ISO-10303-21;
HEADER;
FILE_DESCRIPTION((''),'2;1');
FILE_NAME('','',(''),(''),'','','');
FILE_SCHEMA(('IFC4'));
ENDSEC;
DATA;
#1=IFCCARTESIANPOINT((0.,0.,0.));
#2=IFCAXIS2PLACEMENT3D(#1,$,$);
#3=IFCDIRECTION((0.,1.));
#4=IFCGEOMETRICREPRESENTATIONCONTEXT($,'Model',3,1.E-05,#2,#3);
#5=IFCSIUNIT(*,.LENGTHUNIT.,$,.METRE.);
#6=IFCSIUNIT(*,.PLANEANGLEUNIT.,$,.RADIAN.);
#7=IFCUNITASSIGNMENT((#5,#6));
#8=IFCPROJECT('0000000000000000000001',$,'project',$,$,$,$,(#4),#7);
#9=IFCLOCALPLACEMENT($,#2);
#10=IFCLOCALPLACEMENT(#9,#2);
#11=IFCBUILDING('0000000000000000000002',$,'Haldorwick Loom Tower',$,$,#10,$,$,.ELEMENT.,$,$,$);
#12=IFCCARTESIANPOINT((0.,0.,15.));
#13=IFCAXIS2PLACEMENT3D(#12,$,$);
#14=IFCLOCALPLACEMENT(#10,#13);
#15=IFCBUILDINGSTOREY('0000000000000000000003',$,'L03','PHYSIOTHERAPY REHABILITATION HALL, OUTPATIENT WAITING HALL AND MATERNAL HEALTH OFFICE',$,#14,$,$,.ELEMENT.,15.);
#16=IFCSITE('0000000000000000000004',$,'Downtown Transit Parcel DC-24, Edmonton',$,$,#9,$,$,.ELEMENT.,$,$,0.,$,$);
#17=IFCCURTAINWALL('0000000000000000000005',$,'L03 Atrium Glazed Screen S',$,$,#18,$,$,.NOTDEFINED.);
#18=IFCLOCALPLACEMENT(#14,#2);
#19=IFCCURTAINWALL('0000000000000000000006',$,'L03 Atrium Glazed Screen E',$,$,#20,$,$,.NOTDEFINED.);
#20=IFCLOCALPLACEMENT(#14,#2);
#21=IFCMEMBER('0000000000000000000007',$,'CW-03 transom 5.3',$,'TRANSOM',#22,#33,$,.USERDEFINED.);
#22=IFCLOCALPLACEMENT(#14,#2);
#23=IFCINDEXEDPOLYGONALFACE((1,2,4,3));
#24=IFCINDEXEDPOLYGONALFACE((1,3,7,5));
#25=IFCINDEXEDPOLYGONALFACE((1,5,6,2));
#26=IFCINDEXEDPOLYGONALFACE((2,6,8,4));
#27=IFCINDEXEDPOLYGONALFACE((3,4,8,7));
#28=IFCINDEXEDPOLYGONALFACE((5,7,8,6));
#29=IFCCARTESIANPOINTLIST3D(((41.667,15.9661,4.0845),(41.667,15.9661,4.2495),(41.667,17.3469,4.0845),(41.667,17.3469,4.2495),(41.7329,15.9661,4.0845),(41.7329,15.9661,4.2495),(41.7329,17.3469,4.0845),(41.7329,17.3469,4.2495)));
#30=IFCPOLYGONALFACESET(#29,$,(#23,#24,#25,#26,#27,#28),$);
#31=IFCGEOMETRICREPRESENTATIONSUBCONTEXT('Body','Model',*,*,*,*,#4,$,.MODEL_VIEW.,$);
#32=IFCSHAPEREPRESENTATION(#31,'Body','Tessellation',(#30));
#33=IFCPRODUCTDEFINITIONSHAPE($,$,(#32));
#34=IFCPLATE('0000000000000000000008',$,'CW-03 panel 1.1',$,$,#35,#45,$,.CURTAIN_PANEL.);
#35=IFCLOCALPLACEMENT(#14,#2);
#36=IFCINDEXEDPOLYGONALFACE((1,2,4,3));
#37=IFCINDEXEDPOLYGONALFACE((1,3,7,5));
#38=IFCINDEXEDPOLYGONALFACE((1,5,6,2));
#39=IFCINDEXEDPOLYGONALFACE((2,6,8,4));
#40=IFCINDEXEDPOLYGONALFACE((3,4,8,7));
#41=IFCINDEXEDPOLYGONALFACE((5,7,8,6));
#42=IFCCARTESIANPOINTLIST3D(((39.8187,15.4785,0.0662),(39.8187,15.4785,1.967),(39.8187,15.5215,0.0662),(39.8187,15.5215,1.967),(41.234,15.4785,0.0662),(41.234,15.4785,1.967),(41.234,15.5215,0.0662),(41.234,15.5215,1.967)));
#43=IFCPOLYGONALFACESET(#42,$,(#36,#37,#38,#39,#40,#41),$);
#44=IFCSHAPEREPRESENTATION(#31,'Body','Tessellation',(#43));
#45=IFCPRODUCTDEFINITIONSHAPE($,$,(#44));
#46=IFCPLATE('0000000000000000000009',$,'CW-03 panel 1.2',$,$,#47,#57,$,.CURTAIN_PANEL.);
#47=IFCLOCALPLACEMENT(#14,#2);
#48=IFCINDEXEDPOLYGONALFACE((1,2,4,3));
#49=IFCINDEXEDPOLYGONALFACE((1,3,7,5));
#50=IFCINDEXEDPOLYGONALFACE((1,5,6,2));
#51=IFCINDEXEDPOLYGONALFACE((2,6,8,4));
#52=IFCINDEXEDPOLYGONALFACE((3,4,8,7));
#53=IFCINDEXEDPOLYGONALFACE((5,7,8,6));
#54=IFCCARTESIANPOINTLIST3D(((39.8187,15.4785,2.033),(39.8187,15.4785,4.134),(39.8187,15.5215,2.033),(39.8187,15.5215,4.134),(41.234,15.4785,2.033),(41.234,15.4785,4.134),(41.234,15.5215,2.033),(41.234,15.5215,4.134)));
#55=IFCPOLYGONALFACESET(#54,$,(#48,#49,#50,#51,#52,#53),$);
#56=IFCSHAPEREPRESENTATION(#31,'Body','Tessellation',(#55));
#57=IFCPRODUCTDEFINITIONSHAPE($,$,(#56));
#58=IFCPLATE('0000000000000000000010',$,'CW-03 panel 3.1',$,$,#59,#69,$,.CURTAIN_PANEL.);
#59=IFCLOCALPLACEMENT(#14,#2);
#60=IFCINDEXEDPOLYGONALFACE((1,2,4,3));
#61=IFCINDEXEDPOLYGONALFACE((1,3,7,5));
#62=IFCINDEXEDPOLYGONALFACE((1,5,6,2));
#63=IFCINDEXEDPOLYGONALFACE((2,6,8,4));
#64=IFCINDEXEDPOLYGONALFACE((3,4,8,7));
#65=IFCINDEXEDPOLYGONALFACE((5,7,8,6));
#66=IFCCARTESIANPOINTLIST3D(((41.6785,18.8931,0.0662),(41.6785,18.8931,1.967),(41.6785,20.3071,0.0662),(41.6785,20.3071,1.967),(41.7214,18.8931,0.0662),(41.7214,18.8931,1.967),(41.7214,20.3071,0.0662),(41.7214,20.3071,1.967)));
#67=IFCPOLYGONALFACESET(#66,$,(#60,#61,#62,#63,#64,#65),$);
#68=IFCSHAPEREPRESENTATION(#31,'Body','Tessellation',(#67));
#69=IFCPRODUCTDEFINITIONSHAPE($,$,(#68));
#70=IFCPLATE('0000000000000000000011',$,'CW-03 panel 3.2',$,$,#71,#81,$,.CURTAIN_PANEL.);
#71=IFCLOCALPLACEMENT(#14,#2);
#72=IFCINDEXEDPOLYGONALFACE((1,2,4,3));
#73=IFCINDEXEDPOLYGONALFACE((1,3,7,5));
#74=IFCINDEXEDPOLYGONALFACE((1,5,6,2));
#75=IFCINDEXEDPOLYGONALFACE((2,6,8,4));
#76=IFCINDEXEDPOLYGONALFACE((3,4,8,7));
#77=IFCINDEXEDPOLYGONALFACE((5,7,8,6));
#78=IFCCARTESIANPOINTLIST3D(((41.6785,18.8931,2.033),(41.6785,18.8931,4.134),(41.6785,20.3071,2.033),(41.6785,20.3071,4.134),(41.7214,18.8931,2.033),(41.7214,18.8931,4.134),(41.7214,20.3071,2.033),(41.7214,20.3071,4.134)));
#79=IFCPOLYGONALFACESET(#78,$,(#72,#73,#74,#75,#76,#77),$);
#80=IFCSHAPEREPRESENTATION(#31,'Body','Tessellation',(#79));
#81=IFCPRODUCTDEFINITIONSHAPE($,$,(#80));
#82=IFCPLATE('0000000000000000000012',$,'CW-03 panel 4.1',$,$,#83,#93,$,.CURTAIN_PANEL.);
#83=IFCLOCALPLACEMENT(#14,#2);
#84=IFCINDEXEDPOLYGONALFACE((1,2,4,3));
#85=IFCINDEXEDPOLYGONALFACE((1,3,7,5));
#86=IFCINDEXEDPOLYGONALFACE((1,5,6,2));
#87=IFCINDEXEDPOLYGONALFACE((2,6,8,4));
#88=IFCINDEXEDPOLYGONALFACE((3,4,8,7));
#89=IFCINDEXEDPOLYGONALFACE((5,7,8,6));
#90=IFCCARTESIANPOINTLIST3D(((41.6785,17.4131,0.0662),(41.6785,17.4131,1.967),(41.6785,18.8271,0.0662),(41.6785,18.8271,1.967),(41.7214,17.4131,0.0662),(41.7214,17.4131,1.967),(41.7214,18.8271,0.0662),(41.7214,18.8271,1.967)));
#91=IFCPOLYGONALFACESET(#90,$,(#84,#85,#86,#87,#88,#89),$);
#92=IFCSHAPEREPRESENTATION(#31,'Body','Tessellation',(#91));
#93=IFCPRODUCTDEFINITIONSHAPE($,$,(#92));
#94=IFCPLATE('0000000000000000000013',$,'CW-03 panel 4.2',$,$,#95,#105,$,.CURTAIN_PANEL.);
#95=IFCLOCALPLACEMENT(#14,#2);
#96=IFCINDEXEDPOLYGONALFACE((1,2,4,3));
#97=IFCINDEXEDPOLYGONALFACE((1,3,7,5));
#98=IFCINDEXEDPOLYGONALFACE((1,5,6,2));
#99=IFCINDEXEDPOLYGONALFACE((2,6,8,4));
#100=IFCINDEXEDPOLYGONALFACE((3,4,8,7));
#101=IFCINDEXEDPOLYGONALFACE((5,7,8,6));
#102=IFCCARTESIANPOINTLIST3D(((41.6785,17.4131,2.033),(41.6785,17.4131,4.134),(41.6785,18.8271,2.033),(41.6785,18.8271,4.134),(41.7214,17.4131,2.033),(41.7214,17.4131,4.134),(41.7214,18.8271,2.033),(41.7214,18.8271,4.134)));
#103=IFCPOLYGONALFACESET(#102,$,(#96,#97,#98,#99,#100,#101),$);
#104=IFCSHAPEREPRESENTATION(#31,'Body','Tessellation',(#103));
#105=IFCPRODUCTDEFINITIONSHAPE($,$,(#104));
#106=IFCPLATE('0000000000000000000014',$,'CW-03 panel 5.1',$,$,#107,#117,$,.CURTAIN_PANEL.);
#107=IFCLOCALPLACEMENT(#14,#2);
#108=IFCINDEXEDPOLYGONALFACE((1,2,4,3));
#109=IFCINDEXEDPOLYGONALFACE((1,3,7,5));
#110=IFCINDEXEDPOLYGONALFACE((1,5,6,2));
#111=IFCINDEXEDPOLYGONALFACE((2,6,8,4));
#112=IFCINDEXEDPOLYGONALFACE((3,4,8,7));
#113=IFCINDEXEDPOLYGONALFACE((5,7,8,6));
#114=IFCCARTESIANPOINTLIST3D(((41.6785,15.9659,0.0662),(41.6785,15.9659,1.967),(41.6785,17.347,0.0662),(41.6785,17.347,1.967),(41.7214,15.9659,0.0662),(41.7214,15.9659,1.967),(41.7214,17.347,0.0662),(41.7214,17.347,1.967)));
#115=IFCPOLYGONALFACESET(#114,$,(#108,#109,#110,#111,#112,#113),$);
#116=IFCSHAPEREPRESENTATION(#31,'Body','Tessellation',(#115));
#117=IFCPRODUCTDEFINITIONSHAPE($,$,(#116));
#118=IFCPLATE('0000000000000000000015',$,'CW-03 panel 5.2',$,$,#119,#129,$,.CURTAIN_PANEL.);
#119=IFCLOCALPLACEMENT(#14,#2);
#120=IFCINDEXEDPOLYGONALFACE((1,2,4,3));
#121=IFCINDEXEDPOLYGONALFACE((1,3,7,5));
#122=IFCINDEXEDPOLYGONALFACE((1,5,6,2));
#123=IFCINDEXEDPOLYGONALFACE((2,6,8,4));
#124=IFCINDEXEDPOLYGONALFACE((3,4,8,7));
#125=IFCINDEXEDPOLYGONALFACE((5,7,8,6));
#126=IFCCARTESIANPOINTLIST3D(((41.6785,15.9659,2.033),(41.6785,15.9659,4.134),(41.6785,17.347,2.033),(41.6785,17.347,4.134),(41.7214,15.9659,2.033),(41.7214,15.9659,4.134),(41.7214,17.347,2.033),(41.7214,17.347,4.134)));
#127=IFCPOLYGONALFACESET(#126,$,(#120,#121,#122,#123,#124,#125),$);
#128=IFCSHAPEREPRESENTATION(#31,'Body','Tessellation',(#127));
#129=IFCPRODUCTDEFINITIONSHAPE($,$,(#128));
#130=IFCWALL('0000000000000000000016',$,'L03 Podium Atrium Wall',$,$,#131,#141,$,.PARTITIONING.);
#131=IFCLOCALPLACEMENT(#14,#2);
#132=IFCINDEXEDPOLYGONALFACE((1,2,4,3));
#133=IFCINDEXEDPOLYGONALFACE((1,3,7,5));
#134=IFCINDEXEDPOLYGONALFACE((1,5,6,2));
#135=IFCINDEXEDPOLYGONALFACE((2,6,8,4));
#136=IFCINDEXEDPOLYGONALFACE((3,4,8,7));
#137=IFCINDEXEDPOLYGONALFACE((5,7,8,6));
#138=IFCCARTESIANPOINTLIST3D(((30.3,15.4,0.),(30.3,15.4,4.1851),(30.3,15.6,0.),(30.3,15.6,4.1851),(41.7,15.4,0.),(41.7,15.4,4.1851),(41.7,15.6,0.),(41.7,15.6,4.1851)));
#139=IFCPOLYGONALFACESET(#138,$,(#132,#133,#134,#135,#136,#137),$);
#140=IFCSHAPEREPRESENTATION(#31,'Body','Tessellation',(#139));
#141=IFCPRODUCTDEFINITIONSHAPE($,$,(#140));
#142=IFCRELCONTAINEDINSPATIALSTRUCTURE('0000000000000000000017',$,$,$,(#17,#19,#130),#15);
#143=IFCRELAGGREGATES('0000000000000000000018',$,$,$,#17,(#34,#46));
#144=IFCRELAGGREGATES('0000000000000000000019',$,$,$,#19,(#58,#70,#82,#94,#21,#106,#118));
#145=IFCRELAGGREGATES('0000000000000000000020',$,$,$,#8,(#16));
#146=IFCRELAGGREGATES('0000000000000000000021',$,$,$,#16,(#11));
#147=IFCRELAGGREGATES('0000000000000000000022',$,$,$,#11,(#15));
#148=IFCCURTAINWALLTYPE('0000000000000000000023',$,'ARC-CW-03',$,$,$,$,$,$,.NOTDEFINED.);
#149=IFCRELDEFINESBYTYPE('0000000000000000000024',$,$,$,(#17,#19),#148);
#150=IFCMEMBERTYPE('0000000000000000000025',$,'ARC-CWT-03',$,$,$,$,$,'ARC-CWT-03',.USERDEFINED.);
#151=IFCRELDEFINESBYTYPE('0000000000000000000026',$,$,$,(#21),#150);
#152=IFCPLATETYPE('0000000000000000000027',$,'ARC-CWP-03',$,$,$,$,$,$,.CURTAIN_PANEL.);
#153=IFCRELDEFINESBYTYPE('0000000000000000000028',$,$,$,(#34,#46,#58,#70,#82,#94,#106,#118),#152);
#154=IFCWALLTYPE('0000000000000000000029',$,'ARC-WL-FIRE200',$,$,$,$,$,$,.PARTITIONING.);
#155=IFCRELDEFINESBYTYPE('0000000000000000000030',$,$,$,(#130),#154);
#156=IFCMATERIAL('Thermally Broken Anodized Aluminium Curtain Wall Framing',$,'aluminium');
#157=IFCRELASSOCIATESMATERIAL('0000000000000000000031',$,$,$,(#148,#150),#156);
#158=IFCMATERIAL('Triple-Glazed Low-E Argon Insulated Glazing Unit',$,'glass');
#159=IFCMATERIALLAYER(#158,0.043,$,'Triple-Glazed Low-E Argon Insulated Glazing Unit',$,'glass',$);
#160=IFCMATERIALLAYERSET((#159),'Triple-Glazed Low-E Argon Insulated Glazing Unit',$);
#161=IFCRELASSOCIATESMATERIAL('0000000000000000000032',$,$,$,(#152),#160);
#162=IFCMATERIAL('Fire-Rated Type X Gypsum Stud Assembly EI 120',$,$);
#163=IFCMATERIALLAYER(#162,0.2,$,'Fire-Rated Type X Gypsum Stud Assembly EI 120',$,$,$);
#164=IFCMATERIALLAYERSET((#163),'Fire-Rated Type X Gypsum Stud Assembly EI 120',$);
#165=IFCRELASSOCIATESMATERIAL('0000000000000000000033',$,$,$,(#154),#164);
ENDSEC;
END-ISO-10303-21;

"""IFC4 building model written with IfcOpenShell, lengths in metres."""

from ifc_helpers import new_model, si_unit, direction, frame, frame_2d, origin, origin_2d, place, context, subcontext, project, spatial, rectangle, extrude, material, layer, layer_set, material_profile, profile_set, type_object, element, aggregate, save


model = new_model("IFC4")

# Units and contexts
model_context = context("Model", 3, precision=1e-05, world=origin(), true_north=direction((0.0, 1.0)))
body_context = subcontext(model_context, "Body", "Model", "MODEL_VIEW")
ifc_project = project(units=[si_unit("LENGTHUNIT", "METRE"), si_unit("PLANEANGLEUNIT", "RADIAN")], contexts=[model_context])

# Site, building, storey
site_placement = place(None, origin())
site = spatial("IfcSite", under=ifc_project, at=site_placement, Name="Downtown Transit Parcel DC-24, Edmonton", CompositionType="ELEMENT", RefElevation=0.0)
building_placement = place(site_placement, origin())
building = spatial("IfcBuilding", under=site, at=building_placement, Name="Haldorwick Loom Tower", CompositionType="ELEMENT")
storey_placement = place(building_placement, frame((0.0, 0.0, 15.0)))
storey = spatial("IfcBuildingStorey", under=building, at=storey_placement, Name="L03", Description="PHYSIOTHERAPY REHABILITATION HALL, OUTPATIENT WAITING HALL AND MATERNAL HEALTH OFFICE", CompositionType="ELEMENT", Elevation=15.0)

# Curtain walls
ifc_material_1 = material(Name="Thermally Broken Anodized Aluminium Curtain Wall Framing", Category="aluminium")
curtain_wall_type = type_object("IfcCurtainWallType", Name="ARC-CW-03", PredefinedType="NOTDEFINED", material=ifc_material_1)
curtain_wall_1_placement = place(storey_placement, origin())
curtain_wall_1 = element("IfcCurtainWall", 1, at=curtain_wall_1_placement, inside=storey, type_object=curtain_wall_type, Name="L03 Atrium Glazed Screen S", PredefinedType="NOTDEFINED")
curtain_wall_2_placement = place(storey_placement, origin())
curtain_wall_2 = element("IfcCurtainWall", 2, at=curtain_wall_2_placement, inside=storey, type_object=curtain_wall_type, Name="L03 Atrium Glazed Screen E", PredefinedType="NOTDEFINED")

# Member
ifc_material_profile_1 = material_profile(ifc_material_1, rectangle(XDim=0.0659, YDim=0.165, at=origin_2d()), Name="ALU_TRN_66X165", Category="aluminium")
ifc_profile_set_1 = profile_set([ifc_material_profile_1], Name="Thermally Broken Anodized Aluminium Curtain Wall Framing")
member_type_1 = type_object("IfcMemberType", Name="ARC-CWT-03", ElementType="ARC-CWT-03", PredefinedType="USERDEFINED", material=ifc_profile_set_1)
member_1_placement = place(storey_placement, frame((41.7, 17.3469, 4.167), z_axis=(0.0, -1.0, 0.0), x_axis=(1.0, 0.0, 0.0)))
member_1 = element("IfcMember", 3, at=member_1_placement, type_object=member_type_1, Name="CW-03 transom 5.3", ObjectType="TRANSOM", PredefinedType="USERDEFINED", context=body_context, shape_type="SweptSolid", body=[
    extrude(rectangle(XDim=0.0659, YDim=0.165, at=origin_2d()), origin(), (0.0, 0.0, 1.0), 1.3809),
])

# Plates
ifc_material_2 = material(Name="Triple-Glazed Low-E Argon Insulated Glazing Unit", Category="glass")
ifc_layer_1 = layer(ifc_material_2, 0.043, Name="Triple-Glazed Low-E Argon Insulated Glazing Unit", Category="glass")
ifc_layer_set_1 = layer_set([ifc_layer_1], Name="Triple-Glazed Low-E Argon Insulated Glazing Unit")
plate_type = type_object("IfcPlateType", Name="ARC-CWP-03", PredefinedType="CURTAIN_PANEL", material=ifc_layer_set_1)
plate_1_placement = place(storey_placement, frame((40.5264, 15.5, 0.0662), z_axis=(0.0, 0.0, 1.0), x_axis=(-1.0, 0.0, 0.0)))
plate_1 = element("IfcPlate", 4, at=plate_1_placement, type_object=plate_type, Name="CW-03 panel 1.1", PredefinedType="CURTAIN_PANEL", context=body_context, shape_type="SweptSolid", body=[
    extrude(rectangle(XDim=1.4153, YDim=0.043, at=origin_2d()), origin(), (0.0, 0.0, 1.0), 1.9009),
])
plate_2_placement = place(storey_placement, frame((40.5264, 15.5, 2.033), z_axis=(0.0, 0.0, 1.0), x_axis=(-1.0, 0.0, 0.0)))
plate_2 = element("IfcPlate", 5, at=plate_2_placement, type_object=plate_type, Name="CW-03 panel 1.2", PredefinedType="CURTAIN_PANEL", context=body_context, shape_type="SweptSolid", body=[
    extrude(rectangle(XDim=1.4153, YDim=0.043, at=origin_2d()), origin(), (0.0, 0.0, 1.0), 2.1011),
])
aggregate(curtain_wall_1, [plate_1, plate_2])
plate_3_placement = place(storey_placement, frame((41.7, 19.6001, 0.0662), z_axis=(0.0, 0.0, 1.0), x_axis=(0.0, -1.0, 0.0)))
plate_3 = element("IfcPlate", 6, at=plate_3_placement, type_object=plate_type, Name="CW-03 panel 3.1", PredefinedType="CURTAIN_PANEL", context=body_context, shape_type="SweptSolid", body=[
    extrude(rectangle(XDim=1.4141, YDim=0.043, at=origin_2d()), origin(), (0.0, 0.0, 1.0), 1.9009),
])
plate_4_placement = place(storey_placement, frame((41.7, 19.6001, 2.033), z_axis=(0.0, 0.0, 1.0), x_axis=(0.0, -1.0, 0.0)))
plate_4 = element("IfcPlate", 7, at=plate_4_placement, type_object=plate_type, Name="CW-03 panel 3.2", PredefinedType="CURTAIN_PANEL", context=body_context, shape_type="SweptSolid", body=[
    extrude(rectangle(XDim=1.4141, YDim=0.043, at=origin_2d()), origin(), (0.0, 0.0, 1.0), 2.1011),
])
plate_5_placement = place(storey_placement, frame((41.7, 18.1201, 0.0662), z_axis=(0.0, 0.0, 1.0), x_axis=(0.0, -1.0, 0.0)))
plate_5 = element("IfcPlate", 8, at=plate_5_placement, type_object=plate_type, Name="CW-03 panel 4.1", PredefinedType="CURTAIN_PANEL", context=body_context, shape_type="SweptSolid", body=[
    extrude(rectangle(XDim=1.4141, YDim=0.043, at=origin_2d()), origin(), (0.0, 0.0, 1.0), 1.9009),
])
plate_6_placement = place(storey_placement, frame((41.7, 18.1201, 2.033), z_axis=(0.0, 0.0, 1.0), x_axis=(0.0, -1.0, 0.0)))
plate_6 = element("IfcPlate", 9, at=plate_6_placement, type_object=plate_type, Name="CW-03 panel 4.2", PredefinedType="CURTAIN_PANEL", context=body_context, shape_type="SweptSolid", body=[
    extrude(rectangle(XDim=1.4141, YDim=0.043, at=origin_2d()), origin(), (0.0, 0.0, 1.0), 2.1011),
])
plate_7_placement = place(storey_placement, frame((41.7, 16.6565, 0.0662), z_axis=(0.0, 0.0, 1.0), x_axis=(0.0, -1.0, 0.0)))
plate_7 = element("IfcPlate", 10, at=plate_7_placement, type_object=plate_type, Name="CW-03 panel 5.1", PredefinedType="CURTAIN_PANEL", context=body_context, shape_type="SweptSolid", body=[
    extrude(rectangle(XDim=1.3811, YDim=0.043, at=origin_2d()), origin(), (0.0, 0.0, 1.0), 1.9009),
])
plate_8_placement = place(storey_placement, frame((41.7, 16.6565, 2.033), z_axis=(0.0, 0.0, 1.0), x_axis=(0.0, -1.0, 0.0)))
plate_8 = element("IfcPlate", 11, at=plate_8_placement, type_object=plate_type, Name="CW-03 panel 5.2", PredefinedType="CURTAIN_PANEL", context=body_context, shape_type="SweptSolid", body=[
    extrude(rectangle(XDim=1.3811, YDim=0.043, at=origin_2d()), origin(), (0.0, 0.0, 1.0), 2.1011),
])
aggregate(curtain_wall_2, [plate_3, plate_4, plate_5, plate_6, member_1, plate_7, plate_8])

# Wall
ifc_material_3 = material(Name="Fire-Rated Type X Gypsum Stud Assembly EI 120")
ifc_layer_2 = layer(ifc_material_3, 0.2, Name="Fire-Rated Type X Gypsum Stud Assembly EI 120")
ifc_layer_set_2 = layer_set([ifc_layer_2], Name="Fire-Rated Type X Gypsum Stud Assembly EI 120")
wall_type = type_object("IfcWallType", Name="ARC-WL-FIRE200", PredefinedType="PARTITIONING", material=ifc_layer_set_2)
wall_placement = place(storey_placement, frame((41.7, 15.5, 0.0), z_axis=(0.0, 0.0, 1.0), x_axis=(-1.0, 0.0, 0.0)))
element("IfcWall", 12, at=wall_placement, inside=storey, type_object=wall_type, Name="L03 Podium Atrium Wall", PredefinedType="PARTITIONING", context=body_context, shape_type="SweptSolid", body=[
    extrude(rectangle(XDim=11.3999, YDim=0.2, at=frame_2d((5.7, 0.0))), origin(), (0.0, 0.0, 1.0), 4.1851),
])

save(model, "model.ifc")
